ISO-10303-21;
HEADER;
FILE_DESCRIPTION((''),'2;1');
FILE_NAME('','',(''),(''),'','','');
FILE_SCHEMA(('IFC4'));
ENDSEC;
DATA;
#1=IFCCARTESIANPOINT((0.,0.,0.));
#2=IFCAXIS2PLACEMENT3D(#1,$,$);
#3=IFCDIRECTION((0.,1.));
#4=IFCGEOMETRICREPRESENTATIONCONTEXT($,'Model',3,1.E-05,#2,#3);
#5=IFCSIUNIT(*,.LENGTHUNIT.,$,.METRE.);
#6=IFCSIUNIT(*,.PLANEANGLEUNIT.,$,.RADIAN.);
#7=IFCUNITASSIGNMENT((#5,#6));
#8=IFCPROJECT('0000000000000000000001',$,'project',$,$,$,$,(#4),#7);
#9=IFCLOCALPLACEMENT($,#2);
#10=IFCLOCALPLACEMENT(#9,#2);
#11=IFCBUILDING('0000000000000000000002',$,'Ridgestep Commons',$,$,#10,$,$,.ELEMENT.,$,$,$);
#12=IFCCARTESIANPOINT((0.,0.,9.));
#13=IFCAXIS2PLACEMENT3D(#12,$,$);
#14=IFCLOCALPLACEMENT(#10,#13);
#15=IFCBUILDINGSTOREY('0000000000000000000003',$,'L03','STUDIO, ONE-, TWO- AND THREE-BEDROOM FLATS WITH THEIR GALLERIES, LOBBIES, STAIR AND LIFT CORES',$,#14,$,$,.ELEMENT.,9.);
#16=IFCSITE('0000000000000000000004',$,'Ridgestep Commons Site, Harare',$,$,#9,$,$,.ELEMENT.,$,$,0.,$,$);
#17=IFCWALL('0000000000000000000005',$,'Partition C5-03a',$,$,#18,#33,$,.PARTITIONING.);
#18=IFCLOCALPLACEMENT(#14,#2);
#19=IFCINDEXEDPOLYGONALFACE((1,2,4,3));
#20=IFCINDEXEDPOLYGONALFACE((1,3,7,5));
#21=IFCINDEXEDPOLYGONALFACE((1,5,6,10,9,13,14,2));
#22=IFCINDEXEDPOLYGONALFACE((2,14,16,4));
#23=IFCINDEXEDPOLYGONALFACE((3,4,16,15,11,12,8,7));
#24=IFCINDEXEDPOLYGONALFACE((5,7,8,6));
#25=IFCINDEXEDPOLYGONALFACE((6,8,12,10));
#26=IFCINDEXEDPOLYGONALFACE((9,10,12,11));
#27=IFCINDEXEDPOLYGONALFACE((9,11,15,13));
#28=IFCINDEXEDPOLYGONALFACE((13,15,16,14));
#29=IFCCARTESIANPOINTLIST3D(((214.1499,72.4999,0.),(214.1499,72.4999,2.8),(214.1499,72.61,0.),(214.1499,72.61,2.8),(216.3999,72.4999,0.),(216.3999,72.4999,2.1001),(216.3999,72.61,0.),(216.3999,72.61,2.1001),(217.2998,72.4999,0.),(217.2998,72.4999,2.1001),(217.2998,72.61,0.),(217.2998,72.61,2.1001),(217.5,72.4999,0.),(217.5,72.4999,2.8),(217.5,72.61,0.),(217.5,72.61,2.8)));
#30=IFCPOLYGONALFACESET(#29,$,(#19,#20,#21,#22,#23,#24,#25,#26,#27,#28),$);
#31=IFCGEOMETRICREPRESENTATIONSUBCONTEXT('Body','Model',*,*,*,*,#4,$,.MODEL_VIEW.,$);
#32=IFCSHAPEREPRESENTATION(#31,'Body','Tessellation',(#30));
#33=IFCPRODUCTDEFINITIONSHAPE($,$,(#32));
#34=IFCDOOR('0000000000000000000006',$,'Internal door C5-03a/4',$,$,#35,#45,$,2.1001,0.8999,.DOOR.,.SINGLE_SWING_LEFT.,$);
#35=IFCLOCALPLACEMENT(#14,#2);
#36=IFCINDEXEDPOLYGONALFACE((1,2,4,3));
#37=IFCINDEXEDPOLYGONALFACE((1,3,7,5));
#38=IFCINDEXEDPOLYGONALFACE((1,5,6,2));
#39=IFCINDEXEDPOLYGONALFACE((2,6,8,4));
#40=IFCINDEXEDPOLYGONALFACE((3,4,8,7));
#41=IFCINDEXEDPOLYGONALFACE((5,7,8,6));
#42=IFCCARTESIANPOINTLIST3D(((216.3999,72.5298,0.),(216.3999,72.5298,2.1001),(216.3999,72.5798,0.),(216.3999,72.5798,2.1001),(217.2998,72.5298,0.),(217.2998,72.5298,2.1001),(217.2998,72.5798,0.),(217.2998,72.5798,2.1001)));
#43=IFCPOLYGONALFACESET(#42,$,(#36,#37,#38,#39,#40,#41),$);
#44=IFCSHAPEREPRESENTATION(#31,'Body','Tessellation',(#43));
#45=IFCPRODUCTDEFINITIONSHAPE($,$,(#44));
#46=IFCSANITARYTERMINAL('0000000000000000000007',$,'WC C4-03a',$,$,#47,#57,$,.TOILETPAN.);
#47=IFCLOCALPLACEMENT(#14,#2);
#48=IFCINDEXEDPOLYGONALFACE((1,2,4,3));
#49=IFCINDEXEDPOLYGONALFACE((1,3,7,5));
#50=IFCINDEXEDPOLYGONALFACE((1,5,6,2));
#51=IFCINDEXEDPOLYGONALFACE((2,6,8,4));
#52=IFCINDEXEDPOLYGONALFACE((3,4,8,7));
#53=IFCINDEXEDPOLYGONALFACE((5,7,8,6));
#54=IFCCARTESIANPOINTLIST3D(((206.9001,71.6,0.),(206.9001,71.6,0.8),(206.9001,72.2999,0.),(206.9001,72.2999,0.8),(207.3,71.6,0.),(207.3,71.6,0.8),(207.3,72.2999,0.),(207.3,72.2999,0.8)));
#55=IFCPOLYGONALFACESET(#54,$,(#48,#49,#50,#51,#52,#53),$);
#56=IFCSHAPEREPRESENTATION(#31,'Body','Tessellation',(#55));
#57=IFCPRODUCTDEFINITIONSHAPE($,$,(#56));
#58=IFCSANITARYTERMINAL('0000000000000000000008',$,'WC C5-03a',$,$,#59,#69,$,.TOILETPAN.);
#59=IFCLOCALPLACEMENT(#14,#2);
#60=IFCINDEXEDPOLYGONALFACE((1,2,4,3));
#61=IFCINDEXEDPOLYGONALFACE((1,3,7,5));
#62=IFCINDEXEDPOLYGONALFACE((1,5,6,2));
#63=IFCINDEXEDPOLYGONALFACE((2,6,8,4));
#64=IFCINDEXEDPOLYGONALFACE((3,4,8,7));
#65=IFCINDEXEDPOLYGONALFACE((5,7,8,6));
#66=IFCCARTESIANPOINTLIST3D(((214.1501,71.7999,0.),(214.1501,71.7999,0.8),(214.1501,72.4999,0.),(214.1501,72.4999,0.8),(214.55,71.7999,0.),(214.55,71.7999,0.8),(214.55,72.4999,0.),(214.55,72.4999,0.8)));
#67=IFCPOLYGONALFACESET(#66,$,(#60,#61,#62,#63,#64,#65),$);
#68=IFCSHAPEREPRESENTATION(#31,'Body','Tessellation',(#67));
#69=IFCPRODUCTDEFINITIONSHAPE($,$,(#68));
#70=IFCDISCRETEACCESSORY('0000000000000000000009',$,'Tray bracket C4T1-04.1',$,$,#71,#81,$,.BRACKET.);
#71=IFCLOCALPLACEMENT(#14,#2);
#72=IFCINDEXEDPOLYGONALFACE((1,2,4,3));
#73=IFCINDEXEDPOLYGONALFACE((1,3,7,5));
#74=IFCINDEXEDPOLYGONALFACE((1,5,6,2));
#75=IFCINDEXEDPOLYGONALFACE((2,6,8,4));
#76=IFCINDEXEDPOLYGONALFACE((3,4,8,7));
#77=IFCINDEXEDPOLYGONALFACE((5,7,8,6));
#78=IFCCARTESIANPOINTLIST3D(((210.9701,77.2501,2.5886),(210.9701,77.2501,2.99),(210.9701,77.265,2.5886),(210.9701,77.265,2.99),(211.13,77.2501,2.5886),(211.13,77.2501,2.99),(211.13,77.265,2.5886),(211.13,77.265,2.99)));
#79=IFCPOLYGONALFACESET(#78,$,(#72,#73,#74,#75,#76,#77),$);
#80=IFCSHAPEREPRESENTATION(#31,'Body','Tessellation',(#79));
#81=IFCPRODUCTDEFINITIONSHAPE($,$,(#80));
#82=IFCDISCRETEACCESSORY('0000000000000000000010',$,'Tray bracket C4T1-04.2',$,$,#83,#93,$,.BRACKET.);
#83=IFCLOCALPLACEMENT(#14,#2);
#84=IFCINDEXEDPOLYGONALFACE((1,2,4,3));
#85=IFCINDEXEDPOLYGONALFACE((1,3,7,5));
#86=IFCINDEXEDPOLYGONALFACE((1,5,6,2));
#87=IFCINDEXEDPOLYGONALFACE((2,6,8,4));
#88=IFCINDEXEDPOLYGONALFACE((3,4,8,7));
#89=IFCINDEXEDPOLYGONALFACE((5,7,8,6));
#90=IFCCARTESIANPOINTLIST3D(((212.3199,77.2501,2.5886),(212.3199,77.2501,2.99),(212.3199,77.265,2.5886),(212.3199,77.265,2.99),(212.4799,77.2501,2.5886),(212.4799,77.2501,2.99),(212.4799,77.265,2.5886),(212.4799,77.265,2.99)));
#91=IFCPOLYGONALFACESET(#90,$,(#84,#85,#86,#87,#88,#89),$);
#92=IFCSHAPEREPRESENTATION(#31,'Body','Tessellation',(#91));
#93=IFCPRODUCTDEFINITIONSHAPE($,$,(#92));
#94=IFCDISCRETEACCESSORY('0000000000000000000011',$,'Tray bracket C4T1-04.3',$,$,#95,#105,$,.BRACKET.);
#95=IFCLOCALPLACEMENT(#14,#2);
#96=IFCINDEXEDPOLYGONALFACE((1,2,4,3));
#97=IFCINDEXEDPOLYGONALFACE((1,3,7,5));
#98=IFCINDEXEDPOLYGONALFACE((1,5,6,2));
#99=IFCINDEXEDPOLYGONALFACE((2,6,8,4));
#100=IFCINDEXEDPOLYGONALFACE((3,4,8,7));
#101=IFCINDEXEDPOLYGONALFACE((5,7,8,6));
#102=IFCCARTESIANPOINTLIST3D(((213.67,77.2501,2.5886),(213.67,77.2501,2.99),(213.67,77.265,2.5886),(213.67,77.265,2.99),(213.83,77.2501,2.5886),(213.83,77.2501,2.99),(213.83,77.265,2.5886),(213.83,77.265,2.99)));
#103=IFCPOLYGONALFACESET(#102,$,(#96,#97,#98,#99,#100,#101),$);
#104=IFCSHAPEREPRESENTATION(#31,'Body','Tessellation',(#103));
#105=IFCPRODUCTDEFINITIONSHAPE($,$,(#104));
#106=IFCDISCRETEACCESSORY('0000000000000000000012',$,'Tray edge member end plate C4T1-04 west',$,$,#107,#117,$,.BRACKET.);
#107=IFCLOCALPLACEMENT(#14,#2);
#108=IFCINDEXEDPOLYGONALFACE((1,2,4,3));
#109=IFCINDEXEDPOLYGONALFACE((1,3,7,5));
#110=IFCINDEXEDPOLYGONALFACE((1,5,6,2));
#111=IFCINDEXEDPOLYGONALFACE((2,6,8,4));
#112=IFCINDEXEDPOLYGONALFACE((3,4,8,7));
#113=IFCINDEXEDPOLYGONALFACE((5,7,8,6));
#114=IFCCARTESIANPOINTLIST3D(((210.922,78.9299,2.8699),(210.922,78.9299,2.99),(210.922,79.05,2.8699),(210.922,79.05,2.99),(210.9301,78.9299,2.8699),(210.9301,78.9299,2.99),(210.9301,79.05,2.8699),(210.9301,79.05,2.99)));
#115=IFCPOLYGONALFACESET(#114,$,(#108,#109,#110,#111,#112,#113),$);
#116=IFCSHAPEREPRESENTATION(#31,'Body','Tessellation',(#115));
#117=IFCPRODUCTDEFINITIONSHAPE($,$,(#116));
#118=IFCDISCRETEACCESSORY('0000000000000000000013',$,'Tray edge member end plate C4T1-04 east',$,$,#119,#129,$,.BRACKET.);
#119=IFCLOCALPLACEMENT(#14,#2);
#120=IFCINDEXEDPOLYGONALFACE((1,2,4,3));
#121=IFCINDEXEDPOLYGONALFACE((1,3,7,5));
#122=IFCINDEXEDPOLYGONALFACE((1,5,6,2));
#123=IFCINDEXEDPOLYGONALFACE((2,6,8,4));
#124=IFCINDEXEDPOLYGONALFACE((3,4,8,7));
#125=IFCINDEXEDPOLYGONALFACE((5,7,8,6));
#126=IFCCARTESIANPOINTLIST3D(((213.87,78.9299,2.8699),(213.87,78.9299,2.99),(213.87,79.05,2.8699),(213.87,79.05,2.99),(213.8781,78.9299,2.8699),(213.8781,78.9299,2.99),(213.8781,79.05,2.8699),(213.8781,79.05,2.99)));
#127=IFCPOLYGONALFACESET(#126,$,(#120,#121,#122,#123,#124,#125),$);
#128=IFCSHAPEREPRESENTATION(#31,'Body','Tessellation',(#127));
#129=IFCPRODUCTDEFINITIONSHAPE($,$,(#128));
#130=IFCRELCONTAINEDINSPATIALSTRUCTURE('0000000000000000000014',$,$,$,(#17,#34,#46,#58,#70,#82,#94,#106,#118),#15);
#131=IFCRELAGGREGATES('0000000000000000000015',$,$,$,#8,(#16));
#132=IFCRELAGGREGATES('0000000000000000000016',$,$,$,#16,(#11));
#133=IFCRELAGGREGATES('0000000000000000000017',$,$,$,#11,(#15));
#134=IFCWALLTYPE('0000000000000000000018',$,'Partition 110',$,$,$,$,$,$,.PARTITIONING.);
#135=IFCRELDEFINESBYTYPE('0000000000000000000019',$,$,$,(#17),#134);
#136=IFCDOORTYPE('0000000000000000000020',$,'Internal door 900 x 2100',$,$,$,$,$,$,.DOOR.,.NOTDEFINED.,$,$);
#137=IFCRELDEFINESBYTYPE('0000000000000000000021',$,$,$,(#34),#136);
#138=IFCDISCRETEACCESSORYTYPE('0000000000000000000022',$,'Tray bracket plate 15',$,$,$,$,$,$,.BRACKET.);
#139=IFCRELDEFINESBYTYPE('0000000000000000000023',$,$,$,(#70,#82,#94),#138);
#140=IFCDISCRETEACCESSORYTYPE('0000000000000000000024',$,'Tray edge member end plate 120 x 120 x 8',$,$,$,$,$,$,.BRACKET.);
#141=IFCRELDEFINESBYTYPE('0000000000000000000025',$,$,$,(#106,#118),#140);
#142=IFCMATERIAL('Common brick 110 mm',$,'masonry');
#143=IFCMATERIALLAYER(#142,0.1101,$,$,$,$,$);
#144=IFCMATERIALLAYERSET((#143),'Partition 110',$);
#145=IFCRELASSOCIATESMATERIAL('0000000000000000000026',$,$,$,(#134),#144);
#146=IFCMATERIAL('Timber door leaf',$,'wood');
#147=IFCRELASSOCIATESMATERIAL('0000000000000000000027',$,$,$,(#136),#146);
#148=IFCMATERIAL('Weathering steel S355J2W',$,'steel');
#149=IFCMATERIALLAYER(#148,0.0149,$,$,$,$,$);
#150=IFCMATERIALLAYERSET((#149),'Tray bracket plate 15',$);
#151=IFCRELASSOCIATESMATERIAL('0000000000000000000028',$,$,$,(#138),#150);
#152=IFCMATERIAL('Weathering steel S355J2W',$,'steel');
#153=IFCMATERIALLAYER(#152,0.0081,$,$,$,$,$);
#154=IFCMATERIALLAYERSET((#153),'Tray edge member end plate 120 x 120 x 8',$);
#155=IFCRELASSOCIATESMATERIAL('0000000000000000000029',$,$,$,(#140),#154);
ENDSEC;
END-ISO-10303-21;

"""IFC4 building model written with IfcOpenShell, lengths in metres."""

from ifc_helpers import new_model, si_unit, direction, frame, frame_2d, origin, origin_2d, place, context, subcontext, project, spatial, rectangle, extrude, material, layer, layer_set, type_object, element, fill, save


model = new_model("IFC4")

# Units and contexts
model_context = context("Model", 3, precision=1e-05, world=origin(), true_north=direction((0.0, 1.0)))
body_context = subcontext(model_context, "Body", "Model", "MODEL_VIEW")
ifc_project = project(units=[si_unit("LENGTHUNIT", "METRE"), si_unit("PLANEANGLEUNIT", "RADIAN")], contexts=[model_context])

# Site, building, storey
site_placement = place(None, origin())
site = spatial("IfcSite", under=ifc_project, at=site_placement, Name="Ridgestep Commons Site, Harare", CompositionType="ELEMENT", RefElevation=0.0)
building_placement = place(site_placement, origin())
building = spatial("IfcBuilding", under=site, at=building_placement, Name="Ridgestep Commons", CompositionType="ELEMENT")
storey_placement = place(building_placement, frame((0.0, 0.0, 9.0)))
storey = spatial("IfcBuildingStorey", under=building, at=storey_placement, Name="L03", Description="STUDIO, ONE-, TWO- AND THREE-BEDROOM FLATS WITH THEIR GALLERIES, LOBBIES, STAIR AND LIFT CORES", CompositionType="ELEMENT", Elevation=9.0)

# Shared definitions
ifc_material_1 = material(Name="Common brick 110 mm", Category="masonry")
ifc_layer_1 = layer(ifc_material_1, 0.1101)
ifc_layer_set_1 = layer_set([ifc_layer_1], Name="Partition 110")
wall_type_1 = type_object("IfcWallType", Name="Partition 110", PredefinedType="PARTITIONING", material=ifc_layer_set_1)
ifc_material_2 = material(Name="Timber door leaf", Category="wood")
door_type = type_object("IfcDoorType", Name="Internal door 900 x 2100", OperationType="NOTDEFINED", PredefinedType="DOOR", material=ifc_material_2)

# Wall, opening, door
wall_1_placement = place(storey_placement, frame((214.1499, 72.5549, 0.0), z_axis=(0.0, 0.0, 1.0), x_axis=(1.0, 0.0, 0.0)))
wall_1 = element("IfcWall", 1, at=wall_1_placement, inside=storey, type_object=wall_type_1, Name="Partition C5-03a", PredefinedType="PARTITIONING", context=body_context, shape_type="SweptSolid", body=[
    extrude(rectangle(XDim=3.3501, YDim=0.1101, at=frame_2d((1.675, 0.0))), origin(), (0.0, 0.0, 1.0), 2.8),
])
opening_1_placement = place(wall_1_placement, frame((2.25, 0.0, 0.0)))
opening_1 = element("IfcOpeningElement", 2, at=opening_1_placement, cuts=wall_1, PredefinedType="OPENING", context=body_context, shape_type="SweptSolid", body=[
    extrude(rectangle(XDim=0.8999, YDim=2.1001, at=frame_2d((0.45, 1.05))), frame((0.0, 0.0649, 0.0), z_axis=(0.0, -1.0, 0.0), x_axis=(1.0, 0.0, 0.0)), (0.0, 0.0, 1.0), 0.1301),
])
door_1_placement = place(opening_1_placement, origin())
door_1 = element("IfcDoor", 3, at=door_1_placement, inside=storey, type_object=door_type, Name="Internal door C5-03a/4", OperationType="SINGLE_SWING_LEFT", OverallHeight=2.1001, OverallWidth=0.8999, PredefinedType="DOOR", context=body_context, shape_type="SweptSolid", body=[
    extrude(rectangle(XDim=0.8999, YDim=2.1001, at=frame_2d((0.45, 1.05))), frame((0.0, 0.0249, 0.0), z_axis=(0.0, -1.0, 0.0), x_axis=(1.0, 0.0, 0.0)), (0.0, 0.0, 1.0), 0.05),
])
fill(opening_1, door_1)

# Sanitary terminals
for number, where, z_axis, x_axis, name in (
    (4, (207.1001, 71.95, 0.0), (0.0, 0.0, 1.0), (1.0, 0.0, 0.0), "WC C4-03a"),
    (5, (214.3501, 72.1499, 0.0), (0.0, 0.0, 1.0), (1.0, 0.0, 0.0), "WC C5-03a"),
):
    element("IfcSanitaryTerminal", number, at=place(storey_placement, frame(where, z_axis=z_axis, x_axis=x_axis)), inside=storey, Name=name, PredefinedType="TOILETPAN", context=body_context, shape_type="SweptSolid", body=[
        extrude(rectangle(XDim=0.3999, YDim=0.7, at=origin_2d()), origin(), (0.0, 0.0, 1.0), 0.8),
    ])

# Discrete accessories
ifc_material_3 = material(Name="Weathering steel S355J2W", Category="steel")
ifc_layer_2 = layer(ifc_material_3, 0.0149)
ifc_layer_set_2 = layer_set([ifc_layer_2], Name="Tray bracket plate 15")
discrete_accessory_type_1 = type_object("IfcDiscreteAccessoryType", Name="Tray bracket plate 15", PredefinedType="BRACKET", material=ifc_layer_set_2)
for number, where, z_axis, x_axis, name in (
    (6, (211.05, 77.2576, 2.5886), (0.0, 0.0, 1.0), (1.0, 0.0, 0.0), "Tray bracket C4T1-04.1"),
    (7, (212.3999, 77.2576, 2.5886), (0.0, 0.0, 1.0), (1.0, 0.0, 0.0), "Tray bracket C4T1-04.2"),
    (8, (213.75, 77.2576, 2.5886), (0.0, 0.0, 1.0), (1.0, 0.0, 0.0), "Tray bracket C4T1-04.3"),
):
    element("IfcDiscreteAccessory", number, at=place(storey_placement, frame(where, z_axis=z_axis, x_axis=x_axis)), inside=storey, type_object=discrete_accessory_type_1, Name=name, PredefinedType="BRACKET", context=body_context, shape_type="SweptSolid", body=[
        extrude(rectangle(XDim=0.1599, YDim=0.0149, at=origin_2d()), origin(), (0.0, 0.0, 1.0), 0.4014),
    ])
ifc_material_4 = material(Name="Weathering steel S355J2W", Category="steel")
ifc_layer_3 = layer(ifc_material_4, 0.0081)
ifc_layer_set_3 = layer_set([ifc_layer_3], Name="Tray edge member end plate 120 x 120 x 8")
discrete_accessory_type_2 = type_object("IfcDiscreteAccessoryType", Name="Tray edge member end plate 120 x 120 x 8", PredefinedType="BRACKET", material=ifc_layer_set_3)
for number, where, z_axis, x_axis, name in (
    (9, (210.926, 78.99, 2.8699), (0.0, 0.0, 1.0), (1.0, 0.0, 0.0), "Tray edge member end plate C4T1-04 west"),
    (10, (213.874, 78.99, 2.8699), (0.0, 0.0, 1.0), (1.0, 0.0, 0.0), "Tray edge member end plate C4T1-04 east"),
):
    element("IfcDiscreteAccessory", number, at=place(storey_placement, frame(where, z_axis=z_axis, x_axis=x_axis)), inside=storey, type_object=discrete_accessory_type_2, Name=name, PredefinedType="BRACKET", context=body_context, shape_type="SweptSolid", body=[
        extrude(rectangle(XDim=0.0081, YDim=0.1201, at=origin_2d()), origin(), (0.0, 0.0, 1.0), 0.1201),
    ])

save(model, "model.ifc")
